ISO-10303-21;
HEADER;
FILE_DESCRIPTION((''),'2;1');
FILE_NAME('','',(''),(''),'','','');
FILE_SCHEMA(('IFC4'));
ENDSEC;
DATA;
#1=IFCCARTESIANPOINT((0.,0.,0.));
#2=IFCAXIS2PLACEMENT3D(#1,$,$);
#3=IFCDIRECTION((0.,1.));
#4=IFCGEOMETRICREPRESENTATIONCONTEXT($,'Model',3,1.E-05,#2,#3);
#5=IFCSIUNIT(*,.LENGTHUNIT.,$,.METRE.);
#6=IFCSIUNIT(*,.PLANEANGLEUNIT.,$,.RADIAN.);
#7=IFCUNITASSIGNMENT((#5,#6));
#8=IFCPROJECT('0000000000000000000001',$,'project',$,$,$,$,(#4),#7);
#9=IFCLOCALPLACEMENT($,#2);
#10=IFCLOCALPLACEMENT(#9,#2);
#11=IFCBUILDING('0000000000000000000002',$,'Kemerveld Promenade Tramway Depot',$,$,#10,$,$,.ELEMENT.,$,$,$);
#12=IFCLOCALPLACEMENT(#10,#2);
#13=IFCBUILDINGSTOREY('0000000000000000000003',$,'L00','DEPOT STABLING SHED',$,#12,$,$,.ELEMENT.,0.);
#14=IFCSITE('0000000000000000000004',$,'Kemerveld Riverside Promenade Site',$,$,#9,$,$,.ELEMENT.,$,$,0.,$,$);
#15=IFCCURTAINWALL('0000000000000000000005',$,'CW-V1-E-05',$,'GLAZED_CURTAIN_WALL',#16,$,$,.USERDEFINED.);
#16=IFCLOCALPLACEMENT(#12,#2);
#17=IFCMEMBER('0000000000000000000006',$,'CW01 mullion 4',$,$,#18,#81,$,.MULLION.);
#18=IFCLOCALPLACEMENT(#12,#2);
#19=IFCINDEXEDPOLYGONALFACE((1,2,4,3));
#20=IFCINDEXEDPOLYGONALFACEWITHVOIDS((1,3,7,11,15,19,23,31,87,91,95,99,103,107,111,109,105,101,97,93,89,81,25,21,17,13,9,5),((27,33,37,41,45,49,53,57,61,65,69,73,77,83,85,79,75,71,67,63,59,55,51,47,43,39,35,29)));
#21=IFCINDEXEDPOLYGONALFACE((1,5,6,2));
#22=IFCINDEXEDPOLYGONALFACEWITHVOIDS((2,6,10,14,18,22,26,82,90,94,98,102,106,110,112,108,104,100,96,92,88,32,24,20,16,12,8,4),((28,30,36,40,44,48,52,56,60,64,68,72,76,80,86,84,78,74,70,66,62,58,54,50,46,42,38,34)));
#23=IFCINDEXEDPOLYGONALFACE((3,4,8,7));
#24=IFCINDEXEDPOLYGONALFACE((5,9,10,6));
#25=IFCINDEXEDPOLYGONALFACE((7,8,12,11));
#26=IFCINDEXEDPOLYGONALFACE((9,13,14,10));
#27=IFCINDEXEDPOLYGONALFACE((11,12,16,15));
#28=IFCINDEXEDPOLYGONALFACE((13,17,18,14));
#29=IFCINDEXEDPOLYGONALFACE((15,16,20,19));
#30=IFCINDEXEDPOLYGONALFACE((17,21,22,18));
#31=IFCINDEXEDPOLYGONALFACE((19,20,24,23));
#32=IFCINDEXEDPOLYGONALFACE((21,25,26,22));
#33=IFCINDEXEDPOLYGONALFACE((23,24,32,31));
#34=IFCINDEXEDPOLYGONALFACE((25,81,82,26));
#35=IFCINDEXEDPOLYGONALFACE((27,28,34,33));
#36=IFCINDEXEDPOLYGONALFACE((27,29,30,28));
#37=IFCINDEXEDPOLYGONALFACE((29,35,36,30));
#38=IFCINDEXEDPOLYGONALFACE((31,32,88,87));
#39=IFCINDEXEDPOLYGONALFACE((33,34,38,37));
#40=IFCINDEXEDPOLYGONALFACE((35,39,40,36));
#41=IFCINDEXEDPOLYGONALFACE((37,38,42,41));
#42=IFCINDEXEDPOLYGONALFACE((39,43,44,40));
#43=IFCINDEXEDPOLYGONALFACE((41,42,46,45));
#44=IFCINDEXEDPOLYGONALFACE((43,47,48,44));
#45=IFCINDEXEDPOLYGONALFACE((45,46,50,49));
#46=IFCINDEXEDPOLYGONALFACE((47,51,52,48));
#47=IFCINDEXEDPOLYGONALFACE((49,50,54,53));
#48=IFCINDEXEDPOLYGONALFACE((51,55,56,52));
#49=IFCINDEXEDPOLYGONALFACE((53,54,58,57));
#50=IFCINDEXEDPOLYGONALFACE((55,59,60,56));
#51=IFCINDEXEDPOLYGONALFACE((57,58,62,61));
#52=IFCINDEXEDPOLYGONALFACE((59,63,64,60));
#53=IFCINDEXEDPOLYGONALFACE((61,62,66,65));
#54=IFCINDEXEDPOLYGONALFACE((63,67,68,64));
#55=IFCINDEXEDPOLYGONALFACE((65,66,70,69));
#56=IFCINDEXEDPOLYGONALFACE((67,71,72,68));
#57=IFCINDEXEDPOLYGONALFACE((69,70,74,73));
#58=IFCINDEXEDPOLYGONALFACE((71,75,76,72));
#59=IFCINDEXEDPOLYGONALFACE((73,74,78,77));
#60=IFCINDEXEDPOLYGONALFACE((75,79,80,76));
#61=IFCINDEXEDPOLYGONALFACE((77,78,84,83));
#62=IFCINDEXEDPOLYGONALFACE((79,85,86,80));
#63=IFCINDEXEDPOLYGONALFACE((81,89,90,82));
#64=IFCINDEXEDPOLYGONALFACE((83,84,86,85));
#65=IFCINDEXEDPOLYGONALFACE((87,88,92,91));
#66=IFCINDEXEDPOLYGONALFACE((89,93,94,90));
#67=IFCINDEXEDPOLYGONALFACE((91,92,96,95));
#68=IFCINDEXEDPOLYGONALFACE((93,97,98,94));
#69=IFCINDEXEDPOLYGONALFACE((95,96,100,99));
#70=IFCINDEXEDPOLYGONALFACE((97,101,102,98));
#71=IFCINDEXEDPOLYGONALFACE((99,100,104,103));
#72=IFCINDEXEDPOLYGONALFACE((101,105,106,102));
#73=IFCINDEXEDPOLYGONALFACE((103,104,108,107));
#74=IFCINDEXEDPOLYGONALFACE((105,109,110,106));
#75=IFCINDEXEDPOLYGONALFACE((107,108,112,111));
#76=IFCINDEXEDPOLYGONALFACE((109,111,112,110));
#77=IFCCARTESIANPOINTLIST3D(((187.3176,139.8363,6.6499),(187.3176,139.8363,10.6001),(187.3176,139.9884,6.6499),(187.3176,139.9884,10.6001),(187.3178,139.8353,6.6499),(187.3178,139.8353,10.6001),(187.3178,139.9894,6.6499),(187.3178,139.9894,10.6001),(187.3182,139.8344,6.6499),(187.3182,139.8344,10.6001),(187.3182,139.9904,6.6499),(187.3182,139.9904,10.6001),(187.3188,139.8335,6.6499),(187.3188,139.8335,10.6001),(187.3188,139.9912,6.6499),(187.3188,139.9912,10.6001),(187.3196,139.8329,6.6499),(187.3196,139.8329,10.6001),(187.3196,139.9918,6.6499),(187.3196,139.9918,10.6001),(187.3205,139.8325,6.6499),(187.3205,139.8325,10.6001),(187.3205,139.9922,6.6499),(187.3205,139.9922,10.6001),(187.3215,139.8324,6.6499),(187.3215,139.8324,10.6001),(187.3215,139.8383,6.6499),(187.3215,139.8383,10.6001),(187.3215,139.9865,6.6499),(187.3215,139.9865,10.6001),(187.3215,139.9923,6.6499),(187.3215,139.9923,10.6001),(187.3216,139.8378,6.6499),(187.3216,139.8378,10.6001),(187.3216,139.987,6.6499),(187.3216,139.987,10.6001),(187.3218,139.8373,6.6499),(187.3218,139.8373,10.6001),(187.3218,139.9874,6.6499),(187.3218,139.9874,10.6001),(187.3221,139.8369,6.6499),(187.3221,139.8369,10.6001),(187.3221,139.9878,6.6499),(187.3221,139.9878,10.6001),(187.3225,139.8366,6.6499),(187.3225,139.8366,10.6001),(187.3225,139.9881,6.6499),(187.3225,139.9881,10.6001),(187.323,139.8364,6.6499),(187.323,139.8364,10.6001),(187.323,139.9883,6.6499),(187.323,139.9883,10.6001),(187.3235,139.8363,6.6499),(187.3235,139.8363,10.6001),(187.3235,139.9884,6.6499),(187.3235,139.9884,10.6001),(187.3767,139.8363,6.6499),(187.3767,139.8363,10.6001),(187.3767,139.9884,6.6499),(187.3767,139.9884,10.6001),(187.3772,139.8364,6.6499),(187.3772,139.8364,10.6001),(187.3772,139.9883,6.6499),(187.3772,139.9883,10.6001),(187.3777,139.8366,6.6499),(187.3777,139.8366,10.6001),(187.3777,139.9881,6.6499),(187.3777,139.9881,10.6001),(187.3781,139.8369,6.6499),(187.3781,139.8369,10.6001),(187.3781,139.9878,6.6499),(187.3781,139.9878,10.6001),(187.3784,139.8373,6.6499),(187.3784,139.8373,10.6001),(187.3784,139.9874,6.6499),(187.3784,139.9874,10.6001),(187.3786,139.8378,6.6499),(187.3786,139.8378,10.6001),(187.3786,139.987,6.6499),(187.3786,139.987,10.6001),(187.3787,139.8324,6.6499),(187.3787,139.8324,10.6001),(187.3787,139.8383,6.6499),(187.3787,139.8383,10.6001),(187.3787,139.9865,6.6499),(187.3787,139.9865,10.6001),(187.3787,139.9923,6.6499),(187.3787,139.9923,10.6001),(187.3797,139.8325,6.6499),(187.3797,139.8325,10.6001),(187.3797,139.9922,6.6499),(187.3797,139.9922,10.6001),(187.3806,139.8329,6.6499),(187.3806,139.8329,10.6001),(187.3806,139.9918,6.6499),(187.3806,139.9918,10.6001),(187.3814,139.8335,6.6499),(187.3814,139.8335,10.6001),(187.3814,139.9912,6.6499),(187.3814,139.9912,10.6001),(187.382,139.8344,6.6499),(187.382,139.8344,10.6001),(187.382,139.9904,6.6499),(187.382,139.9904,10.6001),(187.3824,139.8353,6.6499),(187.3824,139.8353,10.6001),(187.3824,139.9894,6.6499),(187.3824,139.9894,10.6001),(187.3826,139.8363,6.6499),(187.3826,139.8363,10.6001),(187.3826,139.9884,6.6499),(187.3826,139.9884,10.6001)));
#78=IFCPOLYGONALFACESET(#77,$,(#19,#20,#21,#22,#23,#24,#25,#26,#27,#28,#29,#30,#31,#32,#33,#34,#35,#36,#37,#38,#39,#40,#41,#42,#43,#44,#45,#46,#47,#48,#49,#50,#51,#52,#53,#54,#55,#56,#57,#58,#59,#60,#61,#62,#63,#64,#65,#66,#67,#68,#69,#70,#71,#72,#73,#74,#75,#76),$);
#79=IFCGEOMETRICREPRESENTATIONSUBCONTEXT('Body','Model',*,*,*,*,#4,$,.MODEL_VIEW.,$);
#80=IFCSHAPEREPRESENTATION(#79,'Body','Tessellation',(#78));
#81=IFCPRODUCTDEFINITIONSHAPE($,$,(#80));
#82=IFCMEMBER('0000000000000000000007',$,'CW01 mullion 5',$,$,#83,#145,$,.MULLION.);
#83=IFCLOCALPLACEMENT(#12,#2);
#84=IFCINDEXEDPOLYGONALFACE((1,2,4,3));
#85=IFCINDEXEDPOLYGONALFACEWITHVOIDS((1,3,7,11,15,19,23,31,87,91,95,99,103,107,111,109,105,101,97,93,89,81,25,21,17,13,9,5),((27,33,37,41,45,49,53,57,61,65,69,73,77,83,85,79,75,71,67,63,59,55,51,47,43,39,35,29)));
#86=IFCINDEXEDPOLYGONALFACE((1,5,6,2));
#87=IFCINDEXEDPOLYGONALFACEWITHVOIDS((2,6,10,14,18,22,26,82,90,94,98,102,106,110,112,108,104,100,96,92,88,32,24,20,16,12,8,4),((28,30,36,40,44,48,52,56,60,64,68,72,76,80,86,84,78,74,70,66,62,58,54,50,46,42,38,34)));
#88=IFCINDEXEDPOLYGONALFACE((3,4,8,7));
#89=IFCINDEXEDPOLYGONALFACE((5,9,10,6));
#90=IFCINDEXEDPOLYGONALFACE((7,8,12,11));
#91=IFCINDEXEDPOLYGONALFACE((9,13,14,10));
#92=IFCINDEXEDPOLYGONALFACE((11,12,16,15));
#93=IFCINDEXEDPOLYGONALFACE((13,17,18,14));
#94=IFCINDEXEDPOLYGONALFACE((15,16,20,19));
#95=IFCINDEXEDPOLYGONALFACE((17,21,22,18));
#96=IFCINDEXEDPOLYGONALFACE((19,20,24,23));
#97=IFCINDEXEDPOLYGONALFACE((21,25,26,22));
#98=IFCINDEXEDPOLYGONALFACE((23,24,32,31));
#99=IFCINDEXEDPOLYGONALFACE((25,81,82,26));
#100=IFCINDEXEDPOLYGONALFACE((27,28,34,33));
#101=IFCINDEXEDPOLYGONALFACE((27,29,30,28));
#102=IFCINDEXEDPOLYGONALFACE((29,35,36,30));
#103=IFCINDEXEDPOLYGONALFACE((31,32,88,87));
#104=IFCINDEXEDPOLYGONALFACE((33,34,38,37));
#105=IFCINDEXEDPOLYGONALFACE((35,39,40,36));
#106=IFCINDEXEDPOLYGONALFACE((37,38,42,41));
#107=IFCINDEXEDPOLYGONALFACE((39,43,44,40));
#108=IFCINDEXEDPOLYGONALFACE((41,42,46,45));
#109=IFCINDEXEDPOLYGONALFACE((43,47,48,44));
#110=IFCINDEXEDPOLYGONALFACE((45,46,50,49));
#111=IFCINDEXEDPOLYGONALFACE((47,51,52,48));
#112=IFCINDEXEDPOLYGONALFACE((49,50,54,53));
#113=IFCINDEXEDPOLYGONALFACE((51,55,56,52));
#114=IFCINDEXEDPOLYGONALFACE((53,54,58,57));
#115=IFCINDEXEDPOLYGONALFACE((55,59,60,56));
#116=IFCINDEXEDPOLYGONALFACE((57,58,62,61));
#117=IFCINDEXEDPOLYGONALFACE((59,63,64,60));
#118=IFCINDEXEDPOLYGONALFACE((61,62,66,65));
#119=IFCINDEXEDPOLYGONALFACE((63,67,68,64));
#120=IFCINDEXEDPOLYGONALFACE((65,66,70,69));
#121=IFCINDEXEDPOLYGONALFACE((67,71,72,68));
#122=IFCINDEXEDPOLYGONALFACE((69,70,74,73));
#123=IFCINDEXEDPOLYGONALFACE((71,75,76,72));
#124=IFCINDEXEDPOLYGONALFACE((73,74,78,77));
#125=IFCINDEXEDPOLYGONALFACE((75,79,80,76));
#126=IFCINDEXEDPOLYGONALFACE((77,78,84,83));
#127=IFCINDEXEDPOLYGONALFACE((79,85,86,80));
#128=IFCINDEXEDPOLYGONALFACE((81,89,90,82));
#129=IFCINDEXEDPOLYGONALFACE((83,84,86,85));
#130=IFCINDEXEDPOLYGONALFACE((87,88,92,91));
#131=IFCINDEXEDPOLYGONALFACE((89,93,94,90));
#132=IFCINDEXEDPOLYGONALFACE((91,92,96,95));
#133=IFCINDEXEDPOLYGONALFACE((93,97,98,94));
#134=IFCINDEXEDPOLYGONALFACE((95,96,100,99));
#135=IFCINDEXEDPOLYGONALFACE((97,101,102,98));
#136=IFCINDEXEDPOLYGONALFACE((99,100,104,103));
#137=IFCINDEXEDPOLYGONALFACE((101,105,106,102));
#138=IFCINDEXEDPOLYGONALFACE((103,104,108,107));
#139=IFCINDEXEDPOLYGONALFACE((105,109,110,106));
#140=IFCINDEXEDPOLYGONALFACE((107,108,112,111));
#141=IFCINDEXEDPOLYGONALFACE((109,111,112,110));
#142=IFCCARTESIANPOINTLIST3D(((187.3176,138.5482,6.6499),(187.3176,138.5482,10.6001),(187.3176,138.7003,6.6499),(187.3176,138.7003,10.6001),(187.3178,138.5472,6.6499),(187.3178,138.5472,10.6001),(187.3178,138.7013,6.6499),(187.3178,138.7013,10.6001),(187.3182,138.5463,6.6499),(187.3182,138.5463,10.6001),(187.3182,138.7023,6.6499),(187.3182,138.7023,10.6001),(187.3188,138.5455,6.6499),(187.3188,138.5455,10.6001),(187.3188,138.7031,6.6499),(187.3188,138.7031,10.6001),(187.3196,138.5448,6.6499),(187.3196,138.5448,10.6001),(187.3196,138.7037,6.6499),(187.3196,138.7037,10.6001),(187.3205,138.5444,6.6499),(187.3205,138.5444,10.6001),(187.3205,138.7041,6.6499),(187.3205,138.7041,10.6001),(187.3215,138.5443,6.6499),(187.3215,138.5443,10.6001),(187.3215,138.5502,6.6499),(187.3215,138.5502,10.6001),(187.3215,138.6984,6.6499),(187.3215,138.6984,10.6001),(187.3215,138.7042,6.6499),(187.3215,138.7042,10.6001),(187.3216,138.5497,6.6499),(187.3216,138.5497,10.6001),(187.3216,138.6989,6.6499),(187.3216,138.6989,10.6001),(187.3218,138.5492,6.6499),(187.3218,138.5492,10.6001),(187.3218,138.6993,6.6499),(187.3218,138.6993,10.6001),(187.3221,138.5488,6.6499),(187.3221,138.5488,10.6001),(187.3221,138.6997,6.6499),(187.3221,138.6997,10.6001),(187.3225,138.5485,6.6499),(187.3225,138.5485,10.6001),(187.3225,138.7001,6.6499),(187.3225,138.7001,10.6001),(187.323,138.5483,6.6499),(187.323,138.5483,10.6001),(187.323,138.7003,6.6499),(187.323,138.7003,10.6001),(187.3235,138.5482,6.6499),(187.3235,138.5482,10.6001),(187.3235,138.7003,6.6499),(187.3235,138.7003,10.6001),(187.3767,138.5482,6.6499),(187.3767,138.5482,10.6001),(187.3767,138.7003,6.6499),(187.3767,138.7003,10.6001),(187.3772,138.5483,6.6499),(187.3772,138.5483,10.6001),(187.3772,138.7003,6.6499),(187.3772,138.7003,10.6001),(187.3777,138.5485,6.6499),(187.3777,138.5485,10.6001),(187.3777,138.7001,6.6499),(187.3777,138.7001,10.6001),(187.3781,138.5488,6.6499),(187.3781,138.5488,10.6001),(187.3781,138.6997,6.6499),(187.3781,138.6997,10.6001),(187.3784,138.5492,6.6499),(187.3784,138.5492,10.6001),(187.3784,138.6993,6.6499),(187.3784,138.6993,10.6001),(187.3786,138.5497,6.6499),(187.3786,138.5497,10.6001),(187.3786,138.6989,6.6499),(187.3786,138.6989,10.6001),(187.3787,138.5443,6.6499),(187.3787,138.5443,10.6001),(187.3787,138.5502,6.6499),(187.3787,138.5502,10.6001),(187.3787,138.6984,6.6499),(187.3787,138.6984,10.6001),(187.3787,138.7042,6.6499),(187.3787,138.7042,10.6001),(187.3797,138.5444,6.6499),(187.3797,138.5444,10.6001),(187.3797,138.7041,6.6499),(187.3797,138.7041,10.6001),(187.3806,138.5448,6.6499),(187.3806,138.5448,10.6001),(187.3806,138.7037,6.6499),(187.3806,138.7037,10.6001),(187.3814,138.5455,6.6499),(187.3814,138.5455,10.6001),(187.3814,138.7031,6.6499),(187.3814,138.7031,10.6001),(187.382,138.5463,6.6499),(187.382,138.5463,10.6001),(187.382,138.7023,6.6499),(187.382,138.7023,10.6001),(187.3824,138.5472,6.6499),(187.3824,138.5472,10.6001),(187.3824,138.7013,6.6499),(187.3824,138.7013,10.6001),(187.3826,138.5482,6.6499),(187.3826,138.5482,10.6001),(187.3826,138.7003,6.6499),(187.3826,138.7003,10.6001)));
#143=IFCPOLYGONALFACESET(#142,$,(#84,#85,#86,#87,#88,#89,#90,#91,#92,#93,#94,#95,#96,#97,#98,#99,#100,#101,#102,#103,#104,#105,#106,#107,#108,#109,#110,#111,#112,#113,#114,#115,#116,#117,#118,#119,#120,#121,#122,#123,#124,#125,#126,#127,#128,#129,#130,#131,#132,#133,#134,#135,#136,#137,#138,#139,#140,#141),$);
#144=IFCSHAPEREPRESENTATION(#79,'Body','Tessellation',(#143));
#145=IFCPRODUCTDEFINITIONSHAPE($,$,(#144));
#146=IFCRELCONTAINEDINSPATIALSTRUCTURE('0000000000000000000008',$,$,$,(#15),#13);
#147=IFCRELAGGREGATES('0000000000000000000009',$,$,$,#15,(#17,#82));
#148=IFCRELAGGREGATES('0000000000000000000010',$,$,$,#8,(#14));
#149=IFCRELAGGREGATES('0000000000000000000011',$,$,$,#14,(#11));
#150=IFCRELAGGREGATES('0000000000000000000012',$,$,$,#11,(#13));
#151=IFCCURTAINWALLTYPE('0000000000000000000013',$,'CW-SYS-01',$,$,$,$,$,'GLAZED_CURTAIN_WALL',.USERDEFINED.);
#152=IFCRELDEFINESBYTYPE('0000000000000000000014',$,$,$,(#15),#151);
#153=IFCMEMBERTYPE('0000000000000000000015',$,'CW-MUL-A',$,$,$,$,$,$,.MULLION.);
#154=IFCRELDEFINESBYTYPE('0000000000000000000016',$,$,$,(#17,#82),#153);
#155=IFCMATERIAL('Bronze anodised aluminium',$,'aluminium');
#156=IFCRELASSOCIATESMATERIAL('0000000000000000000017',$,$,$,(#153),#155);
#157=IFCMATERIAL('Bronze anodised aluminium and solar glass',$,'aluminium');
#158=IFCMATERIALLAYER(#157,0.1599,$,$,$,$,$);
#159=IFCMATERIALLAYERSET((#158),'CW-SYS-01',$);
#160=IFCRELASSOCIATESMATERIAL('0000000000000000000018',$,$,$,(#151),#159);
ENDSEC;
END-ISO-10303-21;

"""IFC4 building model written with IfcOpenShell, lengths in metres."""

from ifc_helpers import new_model, si_unit, direction, frame, origin, origin_2d, place, context, subcontext, project, spatial, hollow_rectangle, extrude, material, layer, layer_set, material_profile, profile_set, type_object, element, aggregate, save


model = new_model("IFC4")

# Units and contexts
model_context = context("Model", 3, precision=1e-05, world=origin(), true_north=direction((0.0, 1.0)))
body_context = subcontext(model_context, "Body", "Model", "MODEL_VIEW")
ifc_project = project(units=[si_unit("LENGTHUNIT", "METRE"), si_unit("PLANEANGLEUNIT", "RADIAN")], contexts=[model_context])

# Site, building, storey
site_placement = place(None, origin())
site = spatial("IfcSite", under=ifc_project, at=site_placement, Name="Kemerveld Riverside Promenade Site", CompositionType="ELEMENT", RefElevation=0.0)
building_placement = place(site_placement, origin())
building = spatial("IfcBuilding", under=site, at=building_placement, Name="Kemerveld Promenade Tramway Depot", CompositionType="ELEMENT")
storey_placement = place(building_placement, origin())
storey = spatial("IfcBuildingStorey", under=building, at=storey_placement, Name="L00", Description="DEPOT STABLING SHED", CompositionType="ELEMENT", Elevation=0.0)

# Curtain wall, members
ifc_material_1 = material(Name="Bronze anodised aluminium and solar glass", Category="aluminium")
ifc_material_2 = material(Name="Bronze anodised aluminium", Category="aluminium")
ifc_material_profile_1 = material_profile(ifc_material_2, hollow_rectangle(XDim=0.0649, YDim=0.1599, WallThickness=0.0039, InnerFilletRadius=0.002, OuterFilletRadius=0.0039, at=origin_2d()), Name="CW-MUL-160x65")
ifc_profile_set_1 = profile_set([ifc_material_profile_1], Name="Bronze anodised aluminium")
member_type_1 = type_object("IfcMemberType", Name="CW-MUL-A", PredefinedType="MULLION", material=ifc_profile_set_1)
ifc_layer_1 = layer(ifc_material_1, 0.1599)
ifc_layer_set_1 = layer_set([ifc_layer_1], Name="CW-SYS-01")
curtain_wall_type_1 = type_object("IfcCurtainWallType", Name="CW-SYS-01", ElementType="GLAZED_CURTAIN_WALL", PredefinedType="USERDEFINED", material=ifc_layer_set_1)
curtain_wall_1_placement = place(storey_placement, origin())
curtain_wall_1 = element("IfcCurtainWall", 1, at=curtain_wall_1_placement, inside=storey, type_object=curtain_wall_type_1, Name="CW-V1-E-05", ObjectType="GLAZED_CURTAIN_WALL", PredefinedType="USERDEFINED")
member_1_placement = place(storey_placement, frame((187.3501, 139.9124, 6.6499), z_axis=(0.0, 0.0, 1.0), x_axis=(1.0, 0.0, 0.0)))
member_1 = element("IfcMember", 2, at=member_1_placement, type_object=member_type_1, Name="CW01 mullion 4", PredefinedType="MULLION", context=body_context, shape_type="SweptSolid", body=[
    extrude(hollow_rectangle(XDim=0.0649, YDim=0.1599, WallThickness=0.0039, InnerFilletRadius=0.002, OuterFilletRadius=0.0039, at=origin_2d()), origin(), (0.0, 0.0, 1.0), 3.9502),
])
member_2_placement = place(storey_placement, frame((187.3501, 138.6243, 6.6499), z_axis=(0.0, 0.0, 1.0), x_axis=(1.0, 0.0, 0.0)))
member_2 = element("IfcMember", 3, at=member_2_placement, type_object=member_type_1, Name="CW01 mullion 5", PredefinedType="MULLION", context=body_context, shape_type="SweptSolid", body=[
    extrude(hollow_rectangle(XDim=0.0649, YDim=0.1599, WallThickness=0.0039, InnerFilletRadius=0.002, OuterFilletRadius=0.0039, at=origin_2d()), origin(), (0.0, 0.0, 1.0), 3.9502),
])

aggregate(curtain_wall_1, [member_1, member_2])

save(model, "model.ifc")
